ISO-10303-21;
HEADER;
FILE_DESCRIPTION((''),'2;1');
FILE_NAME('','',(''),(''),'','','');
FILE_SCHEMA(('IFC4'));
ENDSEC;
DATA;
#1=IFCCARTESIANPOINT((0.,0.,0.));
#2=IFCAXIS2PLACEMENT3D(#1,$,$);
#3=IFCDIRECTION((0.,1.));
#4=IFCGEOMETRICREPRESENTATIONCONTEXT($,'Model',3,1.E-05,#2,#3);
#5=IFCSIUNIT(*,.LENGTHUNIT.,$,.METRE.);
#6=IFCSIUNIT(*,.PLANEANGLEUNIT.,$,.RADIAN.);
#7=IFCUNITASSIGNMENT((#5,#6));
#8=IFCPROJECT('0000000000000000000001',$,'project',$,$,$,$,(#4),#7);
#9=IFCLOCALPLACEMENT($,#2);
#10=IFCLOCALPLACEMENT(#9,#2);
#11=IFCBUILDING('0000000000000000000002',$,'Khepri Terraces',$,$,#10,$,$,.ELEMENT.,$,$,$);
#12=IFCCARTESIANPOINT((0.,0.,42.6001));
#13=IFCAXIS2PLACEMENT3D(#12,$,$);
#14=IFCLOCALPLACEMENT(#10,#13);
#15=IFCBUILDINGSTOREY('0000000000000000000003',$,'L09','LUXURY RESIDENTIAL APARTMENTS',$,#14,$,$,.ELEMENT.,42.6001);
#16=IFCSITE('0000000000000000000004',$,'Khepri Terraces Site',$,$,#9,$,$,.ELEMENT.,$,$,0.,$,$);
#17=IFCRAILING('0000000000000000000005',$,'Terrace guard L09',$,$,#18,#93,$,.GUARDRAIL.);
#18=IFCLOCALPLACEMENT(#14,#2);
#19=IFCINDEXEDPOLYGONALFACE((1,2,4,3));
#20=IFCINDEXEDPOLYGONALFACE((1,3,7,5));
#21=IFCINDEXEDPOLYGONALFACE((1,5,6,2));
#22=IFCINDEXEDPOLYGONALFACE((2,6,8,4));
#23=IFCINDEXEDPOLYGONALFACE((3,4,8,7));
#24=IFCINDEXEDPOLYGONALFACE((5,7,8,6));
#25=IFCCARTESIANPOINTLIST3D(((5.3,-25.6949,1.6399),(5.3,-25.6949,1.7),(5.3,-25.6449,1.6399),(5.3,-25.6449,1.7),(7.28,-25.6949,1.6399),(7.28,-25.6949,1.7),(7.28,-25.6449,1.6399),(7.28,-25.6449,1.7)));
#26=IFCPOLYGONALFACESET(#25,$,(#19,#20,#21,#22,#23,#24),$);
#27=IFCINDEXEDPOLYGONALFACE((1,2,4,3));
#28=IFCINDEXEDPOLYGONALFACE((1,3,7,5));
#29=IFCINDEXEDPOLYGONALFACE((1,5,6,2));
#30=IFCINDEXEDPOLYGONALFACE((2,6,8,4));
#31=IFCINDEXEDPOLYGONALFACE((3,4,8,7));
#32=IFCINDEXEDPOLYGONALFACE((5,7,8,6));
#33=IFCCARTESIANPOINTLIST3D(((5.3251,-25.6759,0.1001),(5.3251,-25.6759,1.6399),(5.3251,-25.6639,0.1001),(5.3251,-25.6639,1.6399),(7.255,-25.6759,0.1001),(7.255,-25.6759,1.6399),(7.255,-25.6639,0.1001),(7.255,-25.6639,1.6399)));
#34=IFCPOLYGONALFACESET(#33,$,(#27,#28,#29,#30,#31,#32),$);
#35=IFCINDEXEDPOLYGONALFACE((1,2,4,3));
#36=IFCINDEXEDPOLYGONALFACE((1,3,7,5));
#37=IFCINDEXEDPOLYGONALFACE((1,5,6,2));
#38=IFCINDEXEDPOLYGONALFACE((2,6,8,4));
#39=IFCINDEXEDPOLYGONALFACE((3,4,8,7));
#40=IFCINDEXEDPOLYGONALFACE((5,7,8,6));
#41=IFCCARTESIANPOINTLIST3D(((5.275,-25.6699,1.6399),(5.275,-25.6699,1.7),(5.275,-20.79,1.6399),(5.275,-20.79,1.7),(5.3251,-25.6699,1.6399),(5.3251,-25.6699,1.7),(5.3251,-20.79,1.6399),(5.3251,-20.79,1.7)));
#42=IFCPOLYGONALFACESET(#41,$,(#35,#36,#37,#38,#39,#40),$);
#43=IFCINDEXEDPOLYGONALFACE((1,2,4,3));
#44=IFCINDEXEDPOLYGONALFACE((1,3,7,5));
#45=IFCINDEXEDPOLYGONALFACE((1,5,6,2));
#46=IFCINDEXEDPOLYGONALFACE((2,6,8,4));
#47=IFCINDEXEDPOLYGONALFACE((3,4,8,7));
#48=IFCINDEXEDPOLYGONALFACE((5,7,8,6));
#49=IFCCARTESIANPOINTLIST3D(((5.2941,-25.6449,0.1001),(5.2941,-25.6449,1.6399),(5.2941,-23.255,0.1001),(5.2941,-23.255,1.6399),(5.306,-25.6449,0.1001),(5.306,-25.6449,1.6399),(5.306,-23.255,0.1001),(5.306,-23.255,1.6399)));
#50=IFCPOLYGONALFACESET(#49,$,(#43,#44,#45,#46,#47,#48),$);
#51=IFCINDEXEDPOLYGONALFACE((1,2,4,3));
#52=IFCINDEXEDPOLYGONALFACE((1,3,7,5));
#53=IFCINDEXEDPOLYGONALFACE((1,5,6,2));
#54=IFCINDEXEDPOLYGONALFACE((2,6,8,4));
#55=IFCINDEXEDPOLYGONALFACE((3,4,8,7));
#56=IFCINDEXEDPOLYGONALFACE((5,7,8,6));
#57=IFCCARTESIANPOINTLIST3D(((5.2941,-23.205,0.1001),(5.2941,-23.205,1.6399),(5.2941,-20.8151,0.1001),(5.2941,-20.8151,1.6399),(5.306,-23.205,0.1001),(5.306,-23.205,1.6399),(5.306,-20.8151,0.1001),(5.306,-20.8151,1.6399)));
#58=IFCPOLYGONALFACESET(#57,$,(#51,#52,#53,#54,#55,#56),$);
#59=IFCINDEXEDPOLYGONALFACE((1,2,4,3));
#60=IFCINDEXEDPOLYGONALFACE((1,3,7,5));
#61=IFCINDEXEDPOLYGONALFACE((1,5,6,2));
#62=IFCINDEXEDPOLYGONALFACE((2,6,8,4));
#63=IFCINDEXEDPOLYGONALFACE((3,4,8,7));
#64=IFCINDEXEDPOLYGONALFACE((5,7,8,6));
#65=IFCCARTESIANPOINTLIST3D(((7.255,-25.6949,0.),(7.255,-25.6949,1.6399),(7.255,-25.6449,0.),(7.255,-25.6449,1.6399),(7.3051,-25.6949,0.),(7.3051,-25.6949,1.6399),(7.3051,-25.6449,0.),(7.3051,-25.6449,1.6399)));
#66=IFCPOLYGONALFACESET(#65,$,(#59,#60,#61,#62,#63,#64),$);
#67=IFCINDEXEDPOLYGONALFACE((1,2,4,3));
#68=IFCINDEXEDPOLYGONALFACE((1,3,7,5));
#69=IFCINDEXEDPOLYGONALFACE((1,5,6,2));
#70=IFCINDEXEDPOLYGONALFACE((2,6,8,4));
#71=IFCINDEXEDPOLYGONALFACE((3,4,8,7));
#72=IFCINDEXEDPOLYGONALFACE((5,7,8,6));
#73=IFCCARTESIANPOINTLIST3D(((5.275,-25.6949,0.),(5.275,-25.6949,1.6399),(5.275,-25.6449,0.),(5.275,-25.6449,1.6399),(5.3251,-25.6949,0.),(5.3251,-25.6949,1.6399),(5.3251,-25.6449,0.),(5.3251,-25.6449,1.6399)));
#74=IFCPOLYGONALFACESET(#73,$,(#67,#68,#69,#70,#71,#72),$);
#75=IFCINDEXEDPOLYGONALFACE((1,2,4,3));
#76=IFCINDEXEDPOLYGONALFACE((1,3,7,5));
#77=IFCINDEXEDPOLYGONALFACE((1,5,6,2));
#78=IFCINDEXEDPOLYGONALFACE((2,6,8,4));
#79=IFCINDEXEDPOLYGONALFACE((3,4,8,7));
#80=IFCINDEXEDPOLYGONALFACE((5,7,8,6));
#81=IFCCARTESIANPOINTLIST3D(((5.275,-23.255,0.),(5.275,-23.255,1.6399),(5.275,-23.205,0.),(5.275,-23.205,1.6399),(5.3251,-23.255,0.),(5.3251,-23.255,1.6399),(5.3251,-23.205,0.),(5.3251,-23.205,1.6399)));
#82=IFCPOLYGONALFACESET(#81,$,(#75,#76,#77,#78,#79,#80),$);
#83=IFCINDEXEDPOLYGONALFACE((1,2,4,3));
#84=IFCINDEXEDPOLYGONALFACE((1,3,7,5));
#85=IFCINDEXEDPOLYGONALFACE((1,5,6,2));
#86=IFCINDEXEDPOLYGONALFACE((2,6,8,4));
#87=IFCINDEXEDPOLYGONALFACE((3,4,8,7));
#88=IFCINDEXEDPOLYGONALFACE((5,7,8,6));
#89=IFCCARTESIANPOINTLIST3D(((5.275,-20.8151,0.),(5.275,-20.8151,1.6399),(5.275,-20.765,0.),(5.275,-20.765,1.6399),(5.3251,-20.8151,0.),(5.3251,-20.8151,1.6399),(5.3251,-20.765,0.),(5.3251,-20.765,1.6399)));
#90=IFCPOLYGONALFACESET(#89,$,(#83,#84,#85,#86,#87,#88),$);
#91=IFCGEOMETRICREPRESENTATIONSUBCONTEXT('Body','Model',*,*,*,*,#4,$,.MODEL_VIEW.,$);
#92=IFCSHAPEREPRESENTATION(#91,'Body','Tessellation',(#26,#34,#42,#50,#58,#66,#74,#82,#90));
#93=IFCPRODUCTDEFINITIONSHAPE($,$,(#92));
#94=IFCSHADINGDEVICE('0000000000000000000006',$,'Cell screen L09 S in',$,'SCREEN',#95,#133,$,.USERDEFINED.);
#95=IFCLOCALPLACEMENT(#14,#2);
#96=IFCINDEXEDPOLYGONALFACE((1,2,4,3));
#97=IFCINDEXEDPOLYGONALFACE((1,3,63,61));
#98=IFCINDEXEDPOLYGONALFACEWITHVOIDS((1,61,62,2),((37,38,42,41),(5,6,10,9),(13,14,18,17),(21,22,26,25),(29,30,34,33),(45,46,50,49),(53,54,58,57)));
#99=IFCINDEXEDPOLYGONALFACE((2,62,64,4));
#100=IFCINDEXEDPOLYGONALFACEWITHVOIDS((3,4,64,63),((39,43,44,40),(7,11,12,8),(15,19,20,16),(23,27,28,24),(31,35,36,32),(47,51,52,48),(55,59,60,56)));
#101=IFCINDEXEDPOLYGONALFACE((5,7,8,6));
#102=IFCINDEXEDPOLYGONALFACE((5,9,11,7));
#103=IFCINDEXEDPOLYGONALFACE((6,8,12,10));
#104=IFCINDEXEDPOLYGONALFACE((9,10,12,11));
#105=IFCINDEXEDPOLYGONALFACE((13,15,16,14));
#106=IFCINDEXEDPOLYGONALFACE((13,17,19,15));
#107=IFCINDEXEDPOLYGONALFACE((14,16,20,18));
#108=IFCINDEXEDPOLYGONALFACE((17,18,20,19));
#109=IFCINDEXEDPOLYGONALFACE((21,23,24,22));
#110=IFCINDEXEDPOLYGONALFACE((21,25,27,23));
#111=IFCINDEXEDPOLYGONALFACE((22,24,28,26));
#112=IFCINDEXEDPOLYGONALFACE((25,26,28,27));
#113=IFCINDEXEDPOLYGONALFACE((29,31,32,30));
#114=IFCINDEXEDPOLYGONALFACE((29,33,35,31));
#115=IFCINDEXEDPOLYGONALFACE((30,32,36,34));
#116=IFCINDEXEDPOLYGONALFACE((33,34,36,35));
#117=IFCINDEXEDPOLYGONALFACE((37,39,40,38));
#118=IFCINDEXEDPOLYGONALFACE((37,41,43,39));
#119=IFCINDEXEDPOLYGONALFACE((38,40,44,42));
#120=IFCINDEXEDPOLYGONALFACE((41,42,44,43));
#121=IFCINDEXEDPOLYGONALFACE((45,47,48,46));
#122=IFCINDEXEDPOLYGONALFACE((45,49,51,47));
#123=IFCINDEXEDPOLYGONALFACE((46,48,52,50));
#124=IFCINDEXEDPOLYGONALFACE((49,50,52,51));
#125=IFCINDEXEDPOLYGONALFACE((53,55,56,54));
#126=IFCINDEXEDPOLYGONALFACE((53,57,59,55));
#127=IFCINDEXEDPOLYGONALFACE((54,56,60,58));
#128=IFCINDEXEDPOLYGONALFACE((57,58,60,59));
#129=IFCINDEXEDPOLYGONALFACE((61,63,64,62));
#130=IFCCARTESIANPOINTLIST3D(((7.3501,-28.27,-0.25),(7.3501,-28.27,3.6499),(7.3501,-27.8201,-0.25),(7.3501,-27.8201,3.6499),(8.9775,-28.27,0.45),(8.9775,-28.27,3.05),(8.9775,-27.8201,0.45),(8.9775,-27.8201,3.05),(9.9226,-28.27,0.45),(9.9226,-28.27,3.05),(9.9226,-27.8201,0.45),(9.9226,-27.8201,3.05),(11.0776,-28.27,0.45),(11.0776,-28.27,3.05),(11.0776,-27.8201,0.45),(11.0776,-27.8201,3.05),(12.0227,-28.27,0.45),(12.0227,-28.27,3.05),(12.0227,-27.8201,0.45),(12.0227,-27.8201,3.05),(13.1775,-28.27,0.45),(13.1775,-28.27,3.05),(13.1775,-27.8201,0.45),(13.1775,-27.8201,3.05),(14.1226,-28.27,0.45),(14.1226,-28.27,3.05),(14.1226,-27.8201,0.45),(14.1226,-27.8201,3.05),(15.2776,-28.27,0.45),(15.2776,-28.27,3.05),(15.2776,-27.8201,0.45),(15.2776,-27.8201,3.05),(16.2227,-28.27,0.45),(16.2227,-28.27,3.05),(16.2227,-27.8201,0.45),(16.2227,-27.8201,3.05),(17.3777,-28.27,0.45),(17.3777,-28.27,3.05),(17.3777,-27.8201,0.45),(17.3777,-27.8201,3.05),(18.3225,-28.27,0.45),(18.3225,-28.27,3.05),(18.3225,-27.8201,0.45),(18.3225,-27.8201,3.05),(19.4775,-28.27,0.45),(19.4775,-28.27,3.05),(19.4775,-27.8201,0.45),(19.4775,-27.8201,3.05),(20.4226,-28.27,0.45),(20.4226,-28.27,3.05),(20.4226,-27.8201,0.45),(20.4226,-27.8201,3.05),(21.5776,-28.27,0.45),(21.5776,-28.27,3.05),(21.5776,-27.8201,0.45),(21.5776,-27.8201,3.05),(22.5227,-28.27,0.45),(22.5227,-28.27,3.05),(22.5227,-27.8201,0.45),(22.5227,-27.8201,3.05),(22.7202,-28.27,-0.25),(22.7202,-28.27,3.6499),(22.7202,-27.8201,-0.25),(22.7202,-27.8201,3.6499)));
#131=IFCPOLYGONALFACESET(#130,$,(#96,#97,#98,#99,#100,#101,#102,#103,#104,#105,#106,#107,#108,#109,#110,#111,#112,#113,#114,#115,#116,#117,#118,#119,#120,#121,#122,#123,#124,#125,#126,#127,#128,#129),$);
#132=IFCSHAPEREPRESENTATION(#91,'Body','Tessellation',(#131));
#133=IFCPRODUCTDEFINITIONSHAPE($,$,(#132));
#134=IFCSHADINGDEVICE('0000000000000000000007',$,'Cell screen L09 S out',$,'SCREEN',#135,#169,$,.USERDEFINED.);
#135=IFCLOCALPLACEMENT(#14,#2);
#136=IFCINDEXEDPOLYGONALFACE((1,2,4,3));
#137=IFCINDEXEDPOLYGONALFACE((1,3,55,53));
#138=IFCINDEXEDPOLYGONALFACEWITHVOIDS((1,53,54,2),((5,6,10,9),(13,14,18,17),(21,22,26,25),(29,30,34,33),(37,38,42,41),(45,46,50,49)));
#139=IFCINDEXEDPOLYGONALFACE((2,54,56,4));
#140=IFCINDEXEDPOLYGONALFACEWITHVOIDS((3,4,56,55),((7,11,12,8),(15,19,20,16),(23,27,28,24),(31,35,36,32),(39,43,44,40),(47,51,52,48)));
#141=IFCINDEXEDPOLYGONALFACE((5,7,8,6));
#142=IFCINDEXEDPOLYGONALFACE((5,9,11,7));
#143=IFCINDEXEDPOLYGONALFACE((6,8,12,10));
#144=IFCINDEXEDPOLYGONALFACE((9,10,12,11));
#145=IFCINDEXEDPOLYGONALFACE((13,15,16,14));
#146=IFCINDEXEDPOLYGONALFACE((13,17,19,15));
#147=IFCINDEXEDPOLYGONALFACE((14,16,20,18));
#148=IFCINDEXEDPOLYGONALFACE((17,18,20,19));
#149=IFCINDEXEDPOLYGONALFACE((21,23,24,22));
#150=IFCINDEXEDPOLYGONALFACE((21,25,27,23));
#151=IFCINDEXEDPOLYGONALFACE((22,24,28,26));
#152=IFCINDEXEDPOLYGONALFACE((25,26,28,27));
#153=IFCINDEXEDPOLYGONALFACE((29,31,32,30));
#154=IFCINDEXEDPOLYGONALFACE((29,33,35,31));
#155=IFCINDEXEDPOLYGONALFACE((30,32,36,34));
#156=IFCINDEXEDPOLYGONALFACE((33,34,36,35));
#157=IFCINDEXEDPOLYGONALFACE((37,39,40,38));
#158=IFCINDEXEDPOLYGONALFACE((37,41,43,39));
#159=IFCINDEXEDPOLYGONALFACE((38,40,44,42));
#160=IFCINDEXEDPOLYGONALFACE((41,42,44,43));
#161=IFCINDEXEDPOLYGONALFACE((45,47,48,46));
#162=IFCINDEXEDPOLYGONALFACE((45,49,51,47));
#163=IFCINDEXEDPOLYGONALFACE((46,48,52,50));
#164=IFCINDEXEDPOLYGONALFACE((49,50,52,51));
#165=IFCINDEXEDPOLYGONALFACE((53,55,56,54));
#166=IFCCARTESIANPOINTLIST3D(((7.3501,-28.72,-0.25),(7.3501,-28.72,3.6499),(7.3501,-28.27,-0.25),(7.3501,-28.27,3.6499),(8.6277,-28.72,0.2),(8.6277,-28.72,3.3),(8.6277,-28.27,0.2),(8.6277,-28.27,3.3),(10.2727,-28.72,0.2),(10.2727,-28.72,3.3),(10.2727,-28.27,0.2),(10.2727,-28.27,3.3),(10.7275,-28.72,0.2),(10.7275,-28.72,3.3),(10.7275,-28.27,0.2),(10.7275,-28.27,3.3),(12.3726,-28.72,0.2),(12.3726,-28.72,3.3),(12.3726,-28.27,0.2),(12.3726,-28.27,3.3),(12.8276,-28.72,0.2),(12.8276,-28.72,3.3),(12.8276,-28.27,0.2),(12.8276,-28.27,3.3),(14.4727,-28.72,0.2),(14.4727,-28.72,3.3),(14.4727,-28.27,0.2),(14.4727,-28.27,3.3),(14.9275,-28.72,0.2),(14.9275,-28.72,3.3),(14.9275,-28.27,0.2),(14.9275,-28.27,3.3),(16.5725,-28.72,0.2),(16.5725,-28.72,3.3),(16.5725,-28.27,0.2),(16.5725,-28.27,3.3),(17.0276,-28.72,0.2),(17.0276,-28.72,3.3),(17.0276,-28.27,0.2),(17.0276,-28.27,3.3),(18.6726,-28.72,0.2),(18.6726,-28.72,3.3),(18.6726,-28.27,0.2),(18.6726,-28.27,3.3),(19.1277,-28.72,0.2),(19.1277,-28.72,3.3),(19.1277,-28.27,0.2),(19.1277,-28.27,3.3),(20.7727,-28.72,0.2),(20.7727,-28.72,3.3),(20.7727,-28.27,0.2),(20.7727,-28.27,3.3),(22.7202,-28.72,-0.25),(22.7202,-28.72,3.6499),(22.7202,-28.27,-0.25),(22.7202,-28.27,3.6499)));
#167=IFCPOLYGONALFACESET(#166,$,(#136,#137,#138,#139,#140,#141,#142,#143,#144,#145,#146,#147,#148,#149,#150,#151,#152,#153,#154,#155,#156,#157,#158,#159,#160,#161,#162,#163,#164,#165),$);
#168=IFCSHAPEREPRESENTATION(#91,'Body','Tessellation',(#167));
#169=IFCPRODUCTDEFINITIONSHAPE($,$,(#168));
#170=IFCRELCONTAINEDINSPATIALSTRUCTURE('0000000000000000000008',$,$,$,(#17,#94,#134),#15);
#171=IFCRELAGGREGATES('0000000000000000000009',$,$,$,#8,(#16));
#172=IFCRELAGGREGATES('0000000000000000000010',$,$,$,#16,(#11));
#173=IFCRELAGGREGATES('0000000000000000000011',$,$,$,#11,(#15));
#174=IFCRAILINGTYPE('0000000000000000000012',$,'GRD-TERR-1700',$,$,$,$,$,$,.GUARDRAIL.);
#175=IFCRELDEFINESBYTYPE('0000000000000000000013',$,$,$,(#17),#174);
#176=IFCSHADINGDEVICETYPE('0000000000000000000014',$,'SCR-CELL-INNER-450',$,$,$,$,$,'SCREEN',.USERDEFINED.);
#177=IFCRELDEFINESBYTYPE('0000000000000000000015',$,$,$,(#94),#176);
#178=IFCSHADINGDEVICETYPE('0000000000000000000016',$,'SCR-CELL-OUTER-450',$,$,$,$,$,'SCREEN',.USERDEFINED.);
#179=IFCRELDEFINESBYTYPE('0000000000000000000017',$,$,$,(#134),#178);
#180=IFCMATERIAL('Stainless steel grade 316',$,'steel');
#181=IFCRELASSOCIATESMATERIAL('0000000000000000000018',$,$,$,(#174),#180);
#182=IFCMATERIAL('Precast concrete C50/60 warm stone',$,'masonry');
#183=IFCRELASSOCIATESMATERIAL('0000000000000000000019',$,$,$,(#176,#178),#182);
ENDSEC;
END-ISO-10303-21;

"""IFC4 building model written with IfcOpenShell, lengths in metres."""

from ifc_helpers import new_model, si_unit, direction, frame, origin, origin_2d, place, context, subcontext, project, spatial, polyline, rectangle, outline, extrude, material, type_object, element, save


model = new_model("IFC4")

# Units and contexts
model_context = context("Model", 3, precision=1e-05, world=origin(), true_north=direction((0.0, 1.0)))
body_context = subcontext(model_context, "Body", "Model", "MODEL_VIEW")
ifc_project = project(units=[si_unit("LENGTHUNIT", "METRE"), si_unit("PLANEANGLEUNIT", "RADIAN")], contexts=[model_context])

# Site, building, storey
site_placement = place(None, origin())
site = spatial("IfcSite", under=ifc_project, at=site_placement, Name="Khepri Terraces Site", CompositionType="ELEMENT", RefElevation=0.0)
building_placement = place(site_placement, origin())
building = spatial("IfcBuilding", under=site, at=building_placement, Name="Khepri Terraces", CompositionType="ELEMENT")
storey_placement = place(building_placement, frame((0.0, 0.0, 42.6001)))
storey = spatial("IfcBuildingStorey", under=building, at=storey_placement, Name="L09", Description="LUXURY RESIDENTIAL APARTMENTS", CompositionType="ELEMENT", Elevation=42.6001)

# Shared definitions
ifc_material_1 = material(Name="Precast concrete C50/60 warm stone", Category="masonry")

# Railing
ifc_material_2 = material(Name="Stainless steel grade 316", Category="steel")
railing_type_1 = type_object("IfcRailingType", Name="GRD-TERR-1700", PredefinedType="GUARDRAIL", material=ifc_material_2)
railing_1_placement = place(storey_placement, frame((7.28, -25.6699, 0.0)))
element("IfcRailing", 1, at=railing_1_placement, inside=storey, type_object=railing_type_1, Name="Terrace guard L09", PredefinedType="GUARDRAIL", context=body_context, shape_type="SweptSolid", body=[
    extrude(rectangle(XDim=0.05, YDim=0.0601, at=origin_2d()), frame((0.0, 0.0, 1.6699), z_axis=(-1.0, 0.0, 0.0), x_axis=(0.0, -1.0, 0.0)), (0.0, 0.0, 1.0), 1.98),
    extrude(rectangle(XDim=1.9299, YDim=0.012, at=origin_2d()), frame((-0.99, 0.0, 0.1001), z_axis=(0.0, 0.0, 1.0), x_axis=(-1.0, 0.0, 0.0)), (0.0, 0.0, 1.0), 1.5398),
    extrude(rectangle(XDim=0.05, YDim=0.0601, at=origin_2d()), frame((-1.98, 0.0, 1.6699), z_axis=(0.0, 1.0, 0.0), x_axis=(-1.0, 0.0, 0.0)), (0.0, 0.0, 1.0), 4.8799),
    extrude(rectangle(XDim=2.3899, YDim=0.012, at=origin_2d()), frame((-1.98, 1.22, 0.1001), z_axis=(0.0, 0.0, 1.0), x_axis=(0.0, 1.0, 0.0)), (0.0, 0.0, 1.0), 1.5398),
    extrude(rectangle(XDim=2.3899, YDim=0.012, at=origin_2d()), frame((-1.98, 3.6599, 0.1001), z_axis=(0.0, 0.0, 1.0), x_axis=(0.0, 1.0, 0.0)), (0.0, 0.0, 1.0), 1.5398),
    extrude(rectangle(XDim=0.05, YDim=0.05, at=origin_2d()), origin(), (0.0, 0.0, 1.0), 1.6399),
    extrude(rectangle(XDim=0.05, YDim=0.05, at=origin_2d()), frame((-1.98, 0.0, 0.0)), (0.0, 0.0, 1.0), 1.6399),
    extrude(rectangle(XDim=0.05, YDim=0.05, at=origin_2d()), frame((-1.98, 2.4399, 0.0)), (0.0, 0.0, 1.0), 1.6399),
    extrude(rectangle(XDim=0.05, YDim=0.05, at=origin_2d()), frame((-1.98, 4.8799, 0.0)), (0.0, 0.0, 1.0), 1.6399),
])

# Shading devices
shading_device_type_1 = type_object("IfcShadingDeviceType", Name="SCR-CELL-INNER-450", ElementType="SCREEN", PredefinedType="USERDEFINED", material=ifc_material_1)
shading_device_1_placement = place(storey_placement, frame((7.3501, -27.8201, -0.25), z_axis=(0.0, -1.0, 0.0), x_axis=(1.0, 0.0, 0.0)))
element("IfcShadingDevice", 2, at=shading_device_1_placement, inside=storey, type_object=shading_device_type_1, Name="Cell screen L09 S in", ObjectType="SCREEN", PredefinedType="USERDEFINED", context=body_context, shape_type="SweptSolid", body=[
    extrude(outline(polyline([(0.0, 0.0), (15.3701, 0.0), (15.3701, 3.8999), (0.0, 3.8999), (0.0, 0.0)]), holes=[polyline([(1.6274, 0.7), (2.5725, 0.7), (2.5725, 3.3), (1.6274, 3.3), (1.6274, 0.7)]), polyline([(3.7275, 0.7), (4.6726, 0.7), (4.6726, 3.3), (3.7275, 3.3), (3.7275, 0.7)]), polyline([(5.8274, 0.7), (6.7725, 0.7), (6.7725, 3.3), (5.8274, 3.3), (5.8274, 0.7)]), polyline([(7.9275, 0.7), (8.8726, 0.7), (8.8726, 3.3), (7.9275, 3.3), (7.9275, 0.7)]), polyline([(10.0276, 0.7), (10.9724, 0.7), (10.9724, 3.3), (10.0276, 3.3), (10.0276, 0.7)]), polyline([(12.1274, 0.7), (13.0725, 0.7), (13.0725, 3.3), (12.1274, 3.3), (12.1274, 0.7)]), polyline([(14.2275, 0.7), (15.1726, 0.7), (15.1726, 3.3), (14.2275, 3.3), (14.2275, 0.7)])]), origin(), (0.0, 0.0, 1.0), 0.45),
])
shading_device_type_2 = type_object("IfcShadingDeviceType", Name="SCR-CELL-OUTER-450", ElementType="SCREEN", PredefinedType="USERDEFINED", material=ifc_material_1)
shading_device_2_placement = place(storey_placement, frame((7.3501, -28.27, -0.25), z_axis=(0.0, -1.0, 0.0), x_axis=(1.0, 0.0, 0.0)))
element("IfcShadingDevice", 3, at=shading_device_2_placement, inside=storey, type_object=shading_device_type_2, Name="Cell screen L09 S out", ObjectType="SCREEN", PredefinedType="USERDEFINED", context=body_context, shape_type="SweptSolid", body=[
    extrude(outline(polyline([(0.0, 0.0), (15.3701, 0.0), (15.3701, 3.8999), (0.0, 3.8999), (0.0, 0.0)]), holes=[polyline([(1.2776, 0.45), (2.9226, 0.45), (2.9226, 3.55), (1.2776, 3.55), (1.2776, 0.45)]), polyline([(3.3774, 0.45), (5.0225, 0.45), (5.0225, 3.55), (3.3774, 3.55), (3.3774, 0.45)]), polyline([(5.4775, 0.45), (7.1226, 0.45), (7.1226, 3.55), (5.4775, 3.55), (5.4775, 0.45)]), polyline([(7.5774, 0.45), (9.2224, 0.45), (9.2224, 3.55), (7.5774, 3.55), (7.5774, 0.45)]), polyline([(9.6775, 0.45), (11.3225, 0.45), (11.3225, 3.55), (9.6775, 3.55), (9.6775, 0.45)]), polyline([(11.7776, 0.45), (13.4226, 0.45), (13.4226, 3.55), (11.7776, 3.55), (11.7776, 0.45)])]), origin(), (0.0, 0.0, 1.0), 0.45),
])

save(model, "model.ifc")
